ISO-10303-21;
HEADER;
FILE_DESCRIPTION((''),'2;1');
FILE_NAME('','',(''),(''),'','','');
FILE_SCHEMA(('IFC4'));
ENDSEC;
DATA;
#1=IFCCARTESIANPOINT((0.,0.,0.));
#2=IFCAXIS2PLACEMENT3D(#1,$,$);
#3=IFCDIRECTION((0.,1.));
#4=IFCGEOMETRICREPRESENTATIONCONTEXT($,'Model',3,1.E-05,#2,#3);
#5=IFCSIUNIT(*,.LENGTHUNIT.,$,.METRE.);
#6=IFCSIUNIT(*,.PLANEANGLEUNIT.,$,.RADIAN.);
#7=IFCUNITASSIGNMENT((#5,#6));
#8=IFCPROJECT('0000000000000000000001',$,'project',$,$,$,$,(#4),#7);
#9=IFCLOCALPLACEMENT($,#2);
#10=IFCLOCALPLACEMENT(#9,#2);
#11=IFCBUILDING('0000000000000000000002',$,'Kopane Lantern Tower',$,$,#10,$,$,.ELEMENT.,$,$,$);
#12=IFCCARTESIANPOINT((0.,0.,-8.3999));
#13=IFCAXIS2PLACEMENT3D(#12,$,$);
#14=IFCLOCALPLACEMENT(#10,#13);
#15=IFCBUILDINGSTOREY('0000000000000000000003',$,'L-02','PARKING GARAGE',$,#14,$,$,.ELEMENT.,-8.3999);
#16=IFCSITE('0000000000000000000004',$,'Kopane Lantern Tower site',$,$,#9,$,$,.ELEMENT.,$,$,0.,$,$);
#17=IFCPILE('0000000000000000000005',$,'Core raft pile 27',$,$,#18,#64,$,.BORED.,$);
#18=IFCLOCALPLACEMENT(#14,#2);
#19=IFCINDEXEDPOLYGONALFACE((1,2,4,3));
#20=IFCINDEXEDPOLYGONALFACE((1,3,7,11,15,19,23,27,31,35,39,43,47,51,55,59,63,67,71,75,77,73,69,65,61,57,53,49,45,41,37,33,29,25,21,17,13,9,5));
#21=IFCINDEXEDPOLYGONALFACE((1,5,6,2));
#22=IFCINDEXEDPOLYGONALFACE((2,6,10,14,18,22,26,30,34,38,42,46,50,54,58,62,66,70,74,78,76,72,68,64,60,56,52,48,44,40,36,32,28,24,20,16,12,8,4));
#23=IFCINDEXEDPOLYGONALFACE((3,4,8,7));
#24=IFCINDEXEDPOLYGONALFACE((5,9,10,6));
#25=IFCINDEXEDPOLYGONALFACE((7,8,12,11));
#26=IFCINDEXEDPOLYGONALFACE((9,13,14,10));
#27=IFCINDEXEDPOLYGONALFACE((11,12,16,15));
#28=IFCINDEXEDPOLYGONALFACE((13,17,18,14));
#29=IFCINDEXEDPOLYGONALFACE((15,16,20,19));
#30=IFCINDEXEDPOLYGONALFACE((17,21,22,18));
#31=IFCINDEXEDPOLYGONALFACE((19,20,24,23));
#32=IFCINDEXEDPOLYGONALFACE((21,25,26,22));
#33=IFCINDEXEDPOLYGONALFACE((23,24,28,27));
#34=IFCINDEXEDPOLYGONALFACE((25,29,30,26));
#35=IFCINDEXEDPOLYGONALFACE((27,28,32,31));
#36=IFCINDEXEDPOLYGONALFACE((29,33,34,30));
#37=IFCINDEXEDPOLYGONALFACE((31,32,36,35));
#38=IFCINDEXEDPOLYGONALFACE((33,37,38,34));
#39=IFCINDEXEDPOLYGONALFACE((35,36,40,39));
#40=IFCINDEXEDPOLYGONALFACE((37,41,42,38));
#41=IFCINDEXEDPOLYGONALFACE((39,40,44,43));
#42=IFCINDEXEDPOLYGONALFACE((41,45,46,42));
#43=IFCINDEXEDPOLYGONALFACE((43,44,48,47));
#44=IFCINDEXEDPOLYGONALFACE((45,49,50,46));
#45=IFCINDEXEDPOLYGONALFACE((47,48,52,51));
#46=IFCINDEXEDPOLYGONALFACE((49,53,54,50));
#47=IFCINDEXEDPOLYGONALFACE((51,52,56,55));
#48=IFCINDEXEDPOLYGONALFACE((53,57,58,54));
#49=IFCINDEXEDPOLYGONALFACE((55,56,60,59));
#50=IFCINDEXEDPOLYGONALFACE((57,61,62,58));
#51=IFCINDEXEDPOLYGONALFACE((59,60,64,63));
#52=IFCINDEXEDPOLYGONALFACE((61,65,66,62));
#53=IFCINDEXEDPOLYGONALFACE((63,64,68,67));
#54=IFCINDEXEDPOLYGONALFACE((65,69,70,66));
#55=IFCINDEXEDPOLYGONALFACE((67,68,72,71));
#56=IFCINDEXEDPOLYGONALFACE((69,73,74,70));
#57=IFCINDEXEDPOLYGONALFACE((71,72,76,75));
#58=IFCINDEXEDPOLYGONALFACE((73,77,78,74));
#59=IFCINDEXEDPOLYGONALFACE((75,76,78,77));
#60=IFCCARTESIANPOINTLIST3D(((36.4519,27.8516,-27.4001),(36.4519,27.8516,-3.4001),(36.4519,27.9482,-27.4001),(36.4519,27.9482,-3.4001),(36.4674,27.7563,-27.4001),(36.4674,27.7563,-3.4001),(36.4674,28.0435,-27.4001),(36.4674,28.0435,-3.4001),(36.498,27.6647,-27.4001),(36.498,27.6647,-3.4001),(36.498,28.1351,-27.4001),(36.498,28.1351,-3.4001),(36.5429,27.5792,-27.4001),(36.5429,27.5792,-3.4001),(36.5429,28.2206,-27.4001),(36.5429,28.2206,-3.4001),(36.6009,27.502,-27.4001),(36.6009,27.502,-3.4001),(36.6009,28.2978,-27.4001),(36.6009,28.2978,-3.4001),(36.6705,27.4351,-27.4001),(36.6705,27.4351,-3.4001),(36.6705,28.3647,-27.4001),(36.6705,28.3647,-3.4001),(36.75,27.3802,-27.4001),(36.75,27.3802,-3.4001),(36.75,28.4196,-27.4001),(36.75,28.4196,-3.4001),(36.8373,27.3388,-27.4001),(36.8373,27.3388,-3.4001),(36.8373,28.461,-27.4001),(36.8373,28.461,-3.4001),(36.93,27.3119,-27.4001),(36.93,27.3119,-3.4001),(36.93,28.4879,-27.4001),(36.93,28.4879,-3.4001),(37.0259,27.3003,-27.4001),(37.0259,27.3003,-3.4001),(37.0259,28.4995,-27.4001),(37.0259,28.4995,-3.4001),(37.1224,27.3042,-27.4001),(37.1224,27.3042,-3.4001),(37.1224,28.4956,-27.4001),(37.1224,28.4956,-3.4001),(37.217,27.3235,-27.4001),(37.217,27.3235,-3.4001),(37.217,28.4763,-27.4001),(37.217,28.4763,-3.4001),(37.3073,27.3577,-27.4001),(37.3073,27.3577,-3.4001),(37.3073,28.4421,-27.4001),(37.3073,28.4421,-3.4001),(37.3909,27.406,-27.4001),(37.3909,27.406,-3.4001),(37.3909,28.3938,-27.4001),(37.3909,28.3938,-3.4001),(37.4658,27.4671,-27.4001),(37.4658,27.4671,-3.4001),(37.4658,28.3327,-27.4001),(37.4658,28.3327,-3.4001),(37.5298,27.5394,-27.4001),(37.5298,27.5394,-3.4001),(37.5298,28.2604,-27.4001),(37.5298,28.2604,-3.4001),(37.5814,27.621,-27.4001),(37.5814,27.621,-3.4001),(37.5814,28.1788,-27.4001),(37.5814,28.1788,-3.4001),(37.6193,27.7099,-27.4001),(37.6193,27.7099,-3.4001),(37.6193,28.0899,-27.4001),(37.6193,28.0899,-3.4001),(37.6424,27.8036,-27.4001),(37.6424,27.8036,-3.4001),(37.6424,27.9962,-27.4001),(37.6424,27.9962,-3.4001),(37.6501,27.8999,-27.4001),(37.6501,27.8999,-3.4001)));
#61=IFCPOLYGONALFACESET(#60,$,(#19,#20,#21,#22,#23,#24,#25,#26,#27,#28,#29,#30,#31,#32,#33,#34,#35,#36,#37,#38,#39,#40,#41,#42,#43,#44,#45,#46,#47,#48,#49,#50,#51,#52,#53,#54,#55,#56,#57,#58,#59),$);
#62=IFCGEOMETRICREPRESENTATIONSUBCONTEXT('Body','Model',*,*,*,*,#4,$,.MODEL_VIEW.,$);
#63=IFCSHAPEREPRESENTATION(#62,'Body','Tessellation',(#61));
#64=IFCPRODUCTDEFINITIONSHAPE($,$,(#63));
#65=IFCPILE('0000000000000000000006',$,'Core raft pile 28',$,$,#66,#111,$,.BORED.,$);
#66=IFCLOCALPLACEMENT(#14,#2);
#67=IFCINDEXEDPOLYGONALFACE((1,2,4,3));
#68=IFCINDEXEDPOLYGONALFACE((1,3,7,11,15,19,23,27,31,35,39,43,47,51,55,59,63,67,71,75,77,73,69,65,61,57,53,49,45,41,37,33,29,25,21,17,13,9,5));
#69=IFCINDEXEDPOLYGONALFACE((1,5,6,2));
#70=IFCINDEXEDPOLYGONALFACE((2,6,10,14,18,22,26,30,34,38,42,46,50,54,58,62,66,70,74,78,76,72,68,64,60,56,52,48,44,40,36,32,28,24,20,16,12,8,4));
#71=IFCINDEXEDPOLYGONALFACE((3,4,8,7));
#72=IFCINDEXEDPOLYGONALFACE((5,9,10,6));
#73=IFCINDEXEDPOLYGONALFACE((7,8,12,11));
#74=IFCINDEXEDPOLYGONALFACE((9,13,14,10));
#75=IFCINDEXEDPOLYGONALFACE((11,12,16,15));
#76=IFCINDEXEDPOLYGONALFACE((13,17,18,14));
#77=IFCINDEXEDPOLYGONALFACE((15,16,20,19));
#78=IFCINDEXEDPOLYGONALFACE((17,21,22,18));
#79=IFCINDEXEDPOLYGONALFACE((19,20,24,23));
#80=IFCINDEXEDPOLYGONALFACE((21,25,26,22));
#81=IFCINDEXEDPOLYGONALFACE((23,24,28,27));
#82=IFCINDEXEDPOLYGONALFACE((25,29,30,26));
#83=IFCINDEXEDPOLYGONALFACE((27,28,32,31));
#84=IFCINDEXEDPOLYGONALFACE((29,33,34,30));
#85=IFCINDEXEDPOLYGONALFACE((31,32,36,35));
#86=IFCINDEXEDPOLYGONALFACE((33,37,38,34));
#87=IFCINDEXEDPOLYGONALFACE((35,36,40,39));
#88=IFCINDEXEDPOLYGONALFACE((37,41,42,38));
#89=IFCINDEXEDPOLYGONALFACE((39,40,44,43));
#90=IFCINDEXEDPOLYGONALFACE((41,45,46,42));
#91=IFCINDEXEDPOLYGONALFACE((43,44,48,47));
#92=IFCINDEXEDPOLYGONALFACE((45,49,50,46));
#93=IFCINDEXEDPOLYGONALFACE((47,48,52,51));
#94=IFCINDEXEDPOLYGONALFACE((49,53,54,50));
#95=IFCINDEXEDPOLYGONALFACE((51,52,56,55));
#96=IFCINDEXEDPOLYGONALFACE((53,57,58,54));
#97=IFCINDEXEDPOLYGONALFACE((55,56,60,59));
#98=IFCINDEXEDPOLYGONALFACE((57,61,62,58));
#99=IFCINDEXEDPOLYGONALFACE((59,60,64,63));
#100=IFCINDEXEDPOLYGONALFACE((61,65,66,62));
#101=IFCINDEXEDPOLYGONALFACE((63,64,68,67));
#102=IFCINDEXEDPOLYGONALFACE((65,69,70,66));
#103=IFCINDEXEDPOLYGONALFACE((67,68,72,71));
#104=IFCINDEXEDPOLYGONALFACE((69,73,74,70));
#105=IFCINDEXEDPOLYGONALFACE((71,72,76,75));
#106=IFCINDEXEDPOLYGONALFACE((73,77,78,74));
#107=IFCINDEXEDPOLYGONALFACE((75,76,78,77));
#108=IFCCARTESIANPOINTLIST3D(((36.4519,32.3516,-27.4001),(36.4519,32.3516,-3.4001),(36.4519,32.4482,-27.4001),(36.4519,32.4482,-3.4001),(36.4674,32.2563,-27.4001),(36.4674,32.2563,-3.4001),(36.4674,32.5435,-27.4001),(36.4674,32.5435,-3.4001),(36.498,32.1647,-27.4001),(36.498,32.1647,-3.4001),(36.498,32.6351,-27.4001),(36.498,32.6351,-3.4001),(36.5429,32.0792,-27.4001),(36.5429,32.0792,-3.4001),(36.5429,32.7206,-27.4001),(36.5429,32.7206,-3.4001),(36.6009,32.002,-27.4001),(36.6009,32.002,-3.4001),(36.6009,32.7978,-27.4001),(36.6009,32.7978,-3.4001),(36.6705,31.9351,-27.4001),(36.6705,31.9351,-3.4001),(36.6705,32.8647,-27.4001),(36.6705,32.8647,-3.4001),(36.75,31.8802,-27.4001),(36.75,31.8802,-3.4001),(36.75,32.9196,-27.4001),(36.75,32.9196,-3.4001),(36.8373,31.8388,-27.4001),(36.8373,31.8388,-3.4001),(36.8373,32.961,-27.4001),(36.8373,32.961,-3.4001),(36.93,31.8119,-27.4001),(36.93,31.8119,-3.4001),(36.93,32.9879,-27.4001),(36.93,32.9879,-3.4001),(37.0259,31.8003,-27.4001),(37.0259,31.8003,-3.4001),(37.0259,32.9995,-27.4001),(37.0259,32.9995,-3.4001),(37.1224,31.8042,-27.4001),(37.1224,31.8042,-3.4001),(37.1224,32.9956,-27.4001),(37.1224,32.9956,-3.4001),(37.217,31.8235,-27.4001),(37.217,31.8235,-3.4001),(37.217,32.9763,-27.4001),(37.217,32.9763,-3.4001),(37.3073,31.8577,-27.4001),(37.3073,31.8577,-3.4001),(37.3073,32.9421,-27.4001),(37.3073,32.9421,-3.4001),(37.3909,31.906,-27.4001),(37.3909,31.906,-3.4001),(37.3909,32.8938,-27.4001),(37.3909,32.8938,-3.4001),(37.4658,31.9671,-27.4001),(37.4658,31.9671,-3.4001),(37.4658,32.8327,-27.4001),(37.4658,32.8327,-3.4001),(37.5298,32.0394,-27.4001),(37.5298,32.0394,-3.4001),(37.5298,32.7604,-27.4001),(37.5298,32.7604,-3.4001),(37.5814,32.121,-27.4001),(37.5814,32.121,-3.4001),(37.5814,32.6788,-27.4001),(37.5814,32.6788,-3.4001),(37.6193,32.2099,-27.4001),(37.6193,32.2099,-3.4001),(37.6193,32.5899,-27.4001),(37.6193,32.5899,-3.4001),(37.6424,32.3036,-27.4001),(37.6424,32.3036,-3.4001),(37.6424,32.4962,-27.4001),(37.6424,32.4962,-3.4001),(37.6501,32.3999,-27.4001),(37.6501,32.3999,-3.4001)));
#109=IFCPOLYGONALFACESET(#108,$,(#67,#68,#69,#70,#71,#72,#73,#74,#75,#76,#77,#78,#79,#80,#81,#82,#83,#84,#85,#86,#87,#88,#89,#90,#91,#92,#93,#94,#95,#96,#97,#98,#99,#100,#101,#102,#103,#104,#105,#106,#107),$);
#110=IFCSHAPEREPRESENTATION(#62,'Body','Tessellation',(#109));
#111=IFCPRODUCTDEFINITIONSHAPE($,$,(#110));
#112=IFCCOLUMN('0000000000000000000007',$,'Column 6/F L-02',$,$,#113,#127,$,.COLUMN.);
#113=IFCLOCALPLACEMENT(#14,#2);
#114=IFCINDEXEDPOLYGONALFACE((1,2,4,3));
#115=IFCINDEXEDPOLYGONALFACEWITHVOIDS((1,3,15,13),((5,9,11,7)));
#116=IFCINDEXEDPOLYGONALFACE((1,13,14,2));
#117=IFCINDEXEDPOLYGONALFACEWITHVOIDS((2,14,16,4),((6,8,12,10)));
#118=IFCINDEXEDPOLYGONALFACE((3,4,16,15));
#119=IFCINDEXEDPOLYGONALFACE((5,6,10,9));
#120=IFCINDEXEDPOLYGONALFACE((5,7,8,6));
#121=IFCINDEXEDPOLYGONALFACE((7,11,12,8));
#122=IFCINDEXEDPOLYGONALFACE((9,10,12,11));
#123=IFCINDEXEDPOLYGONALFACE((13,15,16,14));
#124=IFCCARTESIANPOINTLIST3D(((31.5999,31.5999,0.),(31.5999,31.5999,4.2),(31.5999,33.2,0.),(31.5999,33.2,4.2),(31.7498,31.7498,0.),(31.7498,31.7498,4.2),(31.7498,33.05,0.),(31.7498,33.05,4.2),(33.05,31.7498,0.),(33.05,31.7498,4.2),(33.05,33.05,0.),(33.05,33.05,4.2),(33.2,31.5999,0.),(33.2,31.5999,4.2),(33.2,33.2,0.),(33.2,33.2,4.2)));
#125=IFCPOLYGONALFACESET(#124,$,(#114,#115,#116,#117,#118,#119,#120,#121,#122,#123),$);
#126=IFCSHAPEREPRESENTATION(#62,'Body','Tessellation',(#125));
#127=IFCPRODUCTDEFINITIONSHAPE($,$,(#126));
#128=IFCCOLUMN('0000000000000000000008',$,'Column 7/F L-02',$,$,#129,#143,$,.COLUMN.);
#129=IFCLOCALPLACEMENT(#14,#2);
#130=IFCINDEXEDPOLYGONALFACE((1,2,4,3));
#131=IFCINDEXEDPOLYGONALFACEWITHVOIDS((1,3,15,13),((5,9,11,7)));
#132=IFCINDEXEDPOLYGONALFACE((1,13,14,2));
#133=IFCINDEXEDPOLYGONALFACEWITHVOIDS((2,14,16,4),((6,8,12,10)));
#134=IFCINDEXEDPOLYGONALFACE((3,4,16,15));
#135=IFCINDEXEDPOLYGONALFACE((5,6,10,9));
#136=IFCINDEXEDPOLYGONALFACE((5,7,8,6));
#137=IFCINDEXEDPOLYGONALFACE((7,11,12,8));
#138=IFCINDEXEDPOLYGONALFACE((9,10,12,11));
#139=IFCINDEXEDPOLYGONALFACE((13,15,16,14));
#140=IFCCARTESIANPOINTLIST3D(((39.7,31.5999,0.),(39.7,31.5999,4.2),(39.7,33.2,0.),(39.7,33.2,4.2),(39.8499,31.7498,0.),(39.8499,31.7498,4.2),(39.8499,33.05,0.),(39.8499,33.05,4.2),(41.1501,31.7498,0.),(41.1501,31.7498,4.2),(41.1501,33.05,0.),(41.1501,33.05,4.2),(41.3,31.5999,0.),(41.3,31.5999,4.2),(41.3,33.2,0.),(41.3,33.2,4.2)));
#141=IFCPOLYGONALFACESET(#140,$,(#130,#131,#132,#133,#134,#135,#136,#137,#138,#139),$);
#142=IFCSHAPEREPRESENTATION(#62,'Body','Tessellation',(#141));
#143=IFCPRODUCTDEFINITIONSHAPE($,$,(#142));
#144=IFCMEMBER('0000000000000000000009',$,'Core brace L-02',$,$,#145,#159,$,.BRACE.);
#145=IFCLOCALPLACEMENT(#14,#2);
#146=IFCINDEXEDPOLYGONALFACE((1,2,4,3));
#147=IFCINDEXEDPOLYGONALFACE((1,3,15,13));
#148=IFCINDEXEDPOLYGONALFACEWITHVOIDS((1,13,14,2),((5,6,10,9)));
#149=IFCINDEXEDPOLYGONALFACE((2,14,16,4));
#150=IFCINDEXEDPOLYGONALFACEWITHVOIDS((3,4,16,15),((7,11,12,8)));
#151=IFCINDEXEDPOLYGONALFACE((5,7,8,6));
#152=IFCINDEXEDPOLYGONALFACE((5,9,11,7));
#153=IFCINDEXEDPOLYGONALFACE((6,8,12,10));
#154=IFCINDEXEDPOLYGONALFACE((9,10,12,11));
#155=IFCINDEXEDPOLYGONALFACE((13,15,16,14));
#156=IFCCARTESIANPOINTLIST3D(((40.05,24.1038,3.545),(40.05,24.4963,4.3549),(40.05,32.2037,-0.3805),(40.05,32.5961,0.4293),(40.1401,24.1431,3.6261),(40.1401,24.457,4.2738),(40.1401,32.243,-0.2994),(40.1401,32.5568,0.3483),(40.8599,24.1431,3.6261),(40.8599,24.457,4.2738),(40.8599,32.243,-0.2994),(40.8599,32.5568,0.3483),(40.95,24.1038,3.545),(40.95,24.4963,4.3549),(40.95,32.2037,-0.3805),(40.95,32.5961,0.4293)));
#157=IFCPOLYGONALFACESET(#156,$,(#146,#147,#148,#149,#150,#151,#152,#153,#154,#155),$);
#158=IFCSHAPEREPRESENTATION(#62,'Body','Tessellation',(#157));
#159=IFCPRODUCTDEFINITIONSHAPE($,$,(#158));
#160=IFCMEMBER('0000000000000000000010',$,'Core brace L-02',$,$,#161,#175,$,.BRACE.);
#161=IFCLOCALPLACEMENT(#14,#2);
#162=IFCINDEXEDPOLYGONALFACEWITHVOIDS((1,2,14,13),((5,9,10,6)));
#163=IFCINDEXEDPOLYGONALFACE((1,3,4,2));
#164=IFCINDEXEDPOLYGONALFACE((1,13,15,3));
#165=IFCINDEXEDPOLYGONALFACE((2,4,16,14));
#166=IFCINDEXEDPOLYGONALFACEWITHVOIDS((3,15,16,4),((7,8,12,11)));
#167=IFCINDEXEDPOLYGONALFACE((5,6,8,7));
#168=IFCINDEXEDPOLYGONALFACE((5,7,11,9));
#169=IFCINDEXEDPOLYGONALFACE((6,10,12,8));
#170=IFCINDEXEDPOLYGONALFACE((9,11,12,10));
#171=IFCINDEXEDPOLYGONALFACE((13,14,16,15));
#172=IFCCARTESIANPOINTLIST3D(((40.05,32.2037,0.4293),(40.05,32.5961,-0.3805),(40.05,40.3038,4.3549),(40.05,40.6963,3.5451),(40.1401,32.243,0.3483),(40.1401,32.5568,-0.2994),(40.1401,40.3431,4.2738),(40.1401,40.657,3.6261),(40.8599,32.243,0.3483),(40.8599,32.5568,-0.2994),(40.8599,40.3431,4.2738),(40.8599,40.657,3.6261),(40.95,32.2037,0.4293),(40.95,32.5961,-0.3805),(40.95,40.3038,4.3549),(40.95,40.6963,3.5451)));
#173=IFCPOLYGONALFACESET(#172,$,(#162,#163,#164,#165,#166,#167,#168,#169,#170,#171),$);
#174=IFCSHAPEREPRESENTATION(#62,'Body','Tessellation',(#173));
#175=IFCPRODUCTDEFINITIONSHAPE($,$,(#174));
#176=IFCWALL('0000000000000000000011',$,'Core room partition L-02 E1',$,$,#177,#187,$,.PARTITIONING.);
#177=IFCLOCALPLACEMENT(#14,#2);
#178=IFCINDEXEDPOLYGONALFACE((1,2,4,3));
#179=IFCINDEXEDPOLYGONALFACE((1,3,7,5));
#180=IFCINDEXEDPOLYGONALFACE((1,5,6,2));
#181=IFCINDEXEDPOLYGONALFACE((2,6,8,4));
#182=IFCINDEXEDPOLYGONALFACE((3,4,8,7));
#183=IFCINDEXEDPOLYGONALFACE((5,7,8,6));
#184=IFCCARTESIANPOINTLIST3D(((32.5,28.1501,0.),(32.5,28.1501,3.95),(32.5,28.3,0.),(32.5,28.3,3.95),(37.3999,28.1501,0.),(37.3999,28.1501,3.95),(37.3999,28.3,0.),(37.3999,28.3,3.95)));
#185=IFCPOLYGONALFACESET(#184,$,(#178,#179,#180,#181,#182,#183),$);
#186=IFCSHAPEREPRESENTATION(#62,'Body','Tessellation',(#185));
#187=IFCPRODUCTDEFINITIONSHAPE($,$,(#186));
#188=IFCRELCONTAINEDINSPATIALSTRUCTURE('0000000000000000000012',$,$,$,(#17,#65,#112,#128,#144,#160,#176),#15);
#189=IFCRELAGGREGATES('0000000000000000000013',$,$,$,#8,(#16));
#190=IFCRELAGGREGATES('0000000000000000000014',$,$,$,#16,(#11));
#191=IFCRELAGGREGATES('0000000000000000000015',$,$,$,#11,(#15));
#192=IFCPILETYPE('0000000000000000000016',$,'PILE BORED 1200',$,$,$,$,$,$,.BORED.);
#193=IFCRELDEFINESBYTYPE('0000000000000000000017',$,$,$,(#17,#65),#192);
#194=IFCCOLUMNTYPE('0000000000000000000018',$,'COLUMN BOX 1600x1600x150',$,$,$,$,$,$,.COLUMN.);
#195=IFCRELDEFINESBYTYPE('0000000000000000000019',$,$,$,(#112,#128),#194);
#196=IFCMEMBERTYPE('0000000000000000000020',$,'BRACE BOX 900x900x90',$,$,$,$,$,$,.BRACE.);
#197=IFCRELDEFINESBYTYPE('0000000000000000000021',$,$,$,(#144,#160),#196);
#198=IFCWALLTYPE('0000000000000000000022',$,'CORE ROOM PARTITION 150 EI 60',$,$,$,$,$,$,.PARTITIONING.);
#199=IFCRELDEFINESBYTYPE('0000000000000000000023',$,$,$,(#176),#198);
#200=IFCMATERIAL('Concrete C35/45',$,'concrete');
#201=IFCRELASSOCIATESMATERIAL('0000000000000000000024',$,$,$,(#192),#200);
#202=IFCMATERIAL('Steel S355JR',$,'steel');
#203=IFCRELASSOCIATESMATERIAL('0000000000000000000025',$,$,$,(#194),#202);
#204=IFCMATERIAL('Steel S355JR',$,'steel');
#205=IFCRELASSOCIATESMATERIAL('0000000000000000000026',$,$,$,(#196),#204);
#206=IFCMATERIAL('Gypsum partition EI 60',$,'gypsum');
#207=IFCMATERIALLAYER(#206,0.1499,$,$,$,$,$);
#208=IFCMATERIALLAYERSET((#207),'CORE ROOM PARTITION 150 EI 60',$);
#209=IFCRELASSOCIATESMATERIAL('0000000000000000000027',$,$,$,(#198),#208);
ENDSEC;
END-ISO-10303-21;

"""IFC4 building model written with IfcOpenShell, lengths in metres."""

from ifc_helpers import new_model, si_unit, direction, frame, frame_2d, origin, origin_2d, place, context, subcontext, project, spatial, rectangle, hollow_rectangle, circle, extrude, material, layer, layer_set, material_profile, profile_set, type_object, element, save


model = new_model("IFC4")

# Units and contexts
model_context = context("Model", 3, precision=1e-05, world=origin(), true_north=direction((0.0, 1.0)))
body_context = subcontext(model_context, "Body", "Model", "MODEL_VIEW")
ifc_project = project(units=[si_unit("LENGTHUNIT", "METRE"), si_unit("PLANEANGLEUNIT", "RADIAN")], contexts=[model_context])

# Site, building, storey
site_placement = place(None, origin())
site = spatial("IfcSite", under=ifc_project, at=site_placement, Name="Kopane Lantern Tower site", CompositionType="ELEMENT", RefElevation=0.0)
building_placement = place(site_placement, origin())
building = spatial("IfcBuilding", under=site, at=building_placement, Name="Kopane Lantern Tower", CompositionType="ELEMENT")
storey_placement = place(building_placement, frame((0.0, 0.0, -8.3999)))
storey = spatial("IfcBuildingStorey", under=building, at=storey_placement, Name="L-02", Description="PARKING GARAGE", CompositionType="ELEMENT", Elevation=-8.3999)

# Piles
ifc_material_1 = material(Name="Concrete C35/45", Category="concrete")
ifc_material_profile_1 = material_profile(ifc_material_1, circle(Radius=0.6001, at=origin_2d()), Name="D1200")
ifc_profile_set_1 = profile_set([ifc_material_profile_1], Name="Concrete C35/45")
pile_type = type_object("IfcPileType", Name="PILE BORED 1200", PredefinedType="BORED", material=ifc_profile_set_1)
for number, where, z_axis, x_axis, name in (
    (1, (37.05, 27.8999, -3.4001), (0.0, 0.0, -1.0), (1.0, 0.0, 0.0), "Core raft pile 27"),
    (2, (37.05, 32.3999, -3.4001), (0.0, 0.0, -1.0), (1.0, 0.0, 0.0), "Core raft pile 28"),
):
    element("IfcPile", number, at=place(storey_placement, frame(where, z_axis=z_axis, x_axis=x_axis)), inside=storey, type_object=pile_type, Name=name, PredefinedType="BORED", context=body_context, shape_type="SweptSolid", body=[
        extrude(circle(Radius=0.6001, at=origin_2d()), origin(), (0.0, 0.0, 1.0), 24.0),
    ])

# Columns
ifc_material_2 = material(Name="Steel S355JR", Category="steel")
ifc_material_profile_2 = material_profile(ifc_material_2, hollow_rectangle(XDim=1.6001, YDim=1.6001, WallThickness=0.1499, at=origin_2d()), Name="BOX 1600x1600x150")
ifc_profile_set_2 = profile_set([ifc_material_profile_2], Name="Steel S355JR")
column_type = type_object("IfcColumnType", Name="COLUMN BOX 1600x1600x150", PredefinedType="COLUMN", material=ifc_profile_set_2)
for number, where, z_axis, x_axis, name in (
    (3, (32.3999, 32.3999, 0.0), (0.0, 0.0, 1.0), (1.0, 0.0, 0.0), "Column 6/F L-02"),
    (4, (40.5, 32.3999, 0.0), (0.0, 0.0, 1.0), (1.0, 0.0, 0.0), "Column 7/F L-02"),
):
    element("IfcColumn", number, at=place(storey_placement, frame(where, z_axis=z_axis, x_axis=x_axis)), inside=storey, type_object=column_type, Name=name, PredefinedType="COLUMN", context=body_context, shape_type="SweptSolid", body=[
        extrude(hollow_rectangle(XDim=1.6001, YDim=1.6001, WallThickness=0.1499, at=origin_2d()), origin(), (0.0, 0.0, 1.0), 4.2),
    ])

# Members
ifc_material_3 = material(Name="Steel S355JR", Category="steel")
ifc_material_profile_3 = material_profile(ifc_material_3, hollow_rectangle(XDim=0.8999, YDim=0.8999, WallThickness=0.0901, at=origin_2d()), Name="BOX 900x900x90")
ifc_profile_set_3 = profile_set([ifc_material_profile_3], Name="Steel S355JR")
member_type = type_object("IfcMemberType", Name="BRACE BOX 900x900x90", PredefinedType="BRACE", material=ifc_profile_set_3)
member_1_placement = place(storey_placement, frame((40.5, 32.3999, 0.0244), z_axis=(0.0, -0.899887, 0.436124), x_axis=(1.0, 0.0, 0.0)))
element("IfcMember", 5, at=member_1_placement, inside=storey, type_object=member_type, Name="Core brace L-02", PredefinedType="BRACE", context=body_context, shape_type="SweptSolid", body=[
    extrude(hollow_rectangle(XDim=0.8999, YDim=0.8999, WallThickness=0.0901, at=origin_2d()), origin(), (0.0, 0.0, 1.0), 9.001),
])
member_2_placement = place(storey_placement, frame((40.5, 32.3999, 0.0244), z_axis=(0.0, 0.899892, 0.436113), x_axis=(-1.0, 0.0, 0.0)))
element("IfcMember", 6, at=member_2_placement, inside=storey, type_object=member_type, Name="Core brace L-02", PredefinedType="BRACE", context=body_context, shape_type="SweptSolid", body=[
    extrude(hollow_rectangle(XDim=0.8999, YDim=0.8999, WallThickness=0.0901, at=origin_2d()), origin(), (0.0, 0.0, 1.0), 9.0012),
])

# Wall
ifc_material_4 = material(Name="Gypsum partition EI 60", Category="gypsum")
ifc_layer_1 = layer(ifc_material_4, 0.1499)
ifc_layer_set_1 = layer_set([ifc_layer_1], Name="CORE ROOM PARTITION 150 EI 60")
wall_type_1 = type_object("IfcWallType", Name="CORE ROOM PARTITION 150 EI 60", PredefinedType="PARTITIONING", material=ifc_layer_set_1)
wall_1_placement = place(storey_placement, frame((32.5, 28.2251, 0.0), z_axis=(0.0, 0.0, 1.0), x_axis=(1.0, 0.0, 0.0)))
element("IfcWall", 7, at=wall_1_placement, inside=storey, type_object=wall_type_1, Name="Core room partition L-02 E1", PredefinedType="PARTITIONING", context=body_context, shape_type="SweptSolid", body=[
    extrude(rectangle(XDim=4.8999, YDim=0.1499, at=frame_2d((2.45, 0.0))), origin(), (0.0, 0.0, 1.0), 3.95),
])

save(model, "model.ifc")
